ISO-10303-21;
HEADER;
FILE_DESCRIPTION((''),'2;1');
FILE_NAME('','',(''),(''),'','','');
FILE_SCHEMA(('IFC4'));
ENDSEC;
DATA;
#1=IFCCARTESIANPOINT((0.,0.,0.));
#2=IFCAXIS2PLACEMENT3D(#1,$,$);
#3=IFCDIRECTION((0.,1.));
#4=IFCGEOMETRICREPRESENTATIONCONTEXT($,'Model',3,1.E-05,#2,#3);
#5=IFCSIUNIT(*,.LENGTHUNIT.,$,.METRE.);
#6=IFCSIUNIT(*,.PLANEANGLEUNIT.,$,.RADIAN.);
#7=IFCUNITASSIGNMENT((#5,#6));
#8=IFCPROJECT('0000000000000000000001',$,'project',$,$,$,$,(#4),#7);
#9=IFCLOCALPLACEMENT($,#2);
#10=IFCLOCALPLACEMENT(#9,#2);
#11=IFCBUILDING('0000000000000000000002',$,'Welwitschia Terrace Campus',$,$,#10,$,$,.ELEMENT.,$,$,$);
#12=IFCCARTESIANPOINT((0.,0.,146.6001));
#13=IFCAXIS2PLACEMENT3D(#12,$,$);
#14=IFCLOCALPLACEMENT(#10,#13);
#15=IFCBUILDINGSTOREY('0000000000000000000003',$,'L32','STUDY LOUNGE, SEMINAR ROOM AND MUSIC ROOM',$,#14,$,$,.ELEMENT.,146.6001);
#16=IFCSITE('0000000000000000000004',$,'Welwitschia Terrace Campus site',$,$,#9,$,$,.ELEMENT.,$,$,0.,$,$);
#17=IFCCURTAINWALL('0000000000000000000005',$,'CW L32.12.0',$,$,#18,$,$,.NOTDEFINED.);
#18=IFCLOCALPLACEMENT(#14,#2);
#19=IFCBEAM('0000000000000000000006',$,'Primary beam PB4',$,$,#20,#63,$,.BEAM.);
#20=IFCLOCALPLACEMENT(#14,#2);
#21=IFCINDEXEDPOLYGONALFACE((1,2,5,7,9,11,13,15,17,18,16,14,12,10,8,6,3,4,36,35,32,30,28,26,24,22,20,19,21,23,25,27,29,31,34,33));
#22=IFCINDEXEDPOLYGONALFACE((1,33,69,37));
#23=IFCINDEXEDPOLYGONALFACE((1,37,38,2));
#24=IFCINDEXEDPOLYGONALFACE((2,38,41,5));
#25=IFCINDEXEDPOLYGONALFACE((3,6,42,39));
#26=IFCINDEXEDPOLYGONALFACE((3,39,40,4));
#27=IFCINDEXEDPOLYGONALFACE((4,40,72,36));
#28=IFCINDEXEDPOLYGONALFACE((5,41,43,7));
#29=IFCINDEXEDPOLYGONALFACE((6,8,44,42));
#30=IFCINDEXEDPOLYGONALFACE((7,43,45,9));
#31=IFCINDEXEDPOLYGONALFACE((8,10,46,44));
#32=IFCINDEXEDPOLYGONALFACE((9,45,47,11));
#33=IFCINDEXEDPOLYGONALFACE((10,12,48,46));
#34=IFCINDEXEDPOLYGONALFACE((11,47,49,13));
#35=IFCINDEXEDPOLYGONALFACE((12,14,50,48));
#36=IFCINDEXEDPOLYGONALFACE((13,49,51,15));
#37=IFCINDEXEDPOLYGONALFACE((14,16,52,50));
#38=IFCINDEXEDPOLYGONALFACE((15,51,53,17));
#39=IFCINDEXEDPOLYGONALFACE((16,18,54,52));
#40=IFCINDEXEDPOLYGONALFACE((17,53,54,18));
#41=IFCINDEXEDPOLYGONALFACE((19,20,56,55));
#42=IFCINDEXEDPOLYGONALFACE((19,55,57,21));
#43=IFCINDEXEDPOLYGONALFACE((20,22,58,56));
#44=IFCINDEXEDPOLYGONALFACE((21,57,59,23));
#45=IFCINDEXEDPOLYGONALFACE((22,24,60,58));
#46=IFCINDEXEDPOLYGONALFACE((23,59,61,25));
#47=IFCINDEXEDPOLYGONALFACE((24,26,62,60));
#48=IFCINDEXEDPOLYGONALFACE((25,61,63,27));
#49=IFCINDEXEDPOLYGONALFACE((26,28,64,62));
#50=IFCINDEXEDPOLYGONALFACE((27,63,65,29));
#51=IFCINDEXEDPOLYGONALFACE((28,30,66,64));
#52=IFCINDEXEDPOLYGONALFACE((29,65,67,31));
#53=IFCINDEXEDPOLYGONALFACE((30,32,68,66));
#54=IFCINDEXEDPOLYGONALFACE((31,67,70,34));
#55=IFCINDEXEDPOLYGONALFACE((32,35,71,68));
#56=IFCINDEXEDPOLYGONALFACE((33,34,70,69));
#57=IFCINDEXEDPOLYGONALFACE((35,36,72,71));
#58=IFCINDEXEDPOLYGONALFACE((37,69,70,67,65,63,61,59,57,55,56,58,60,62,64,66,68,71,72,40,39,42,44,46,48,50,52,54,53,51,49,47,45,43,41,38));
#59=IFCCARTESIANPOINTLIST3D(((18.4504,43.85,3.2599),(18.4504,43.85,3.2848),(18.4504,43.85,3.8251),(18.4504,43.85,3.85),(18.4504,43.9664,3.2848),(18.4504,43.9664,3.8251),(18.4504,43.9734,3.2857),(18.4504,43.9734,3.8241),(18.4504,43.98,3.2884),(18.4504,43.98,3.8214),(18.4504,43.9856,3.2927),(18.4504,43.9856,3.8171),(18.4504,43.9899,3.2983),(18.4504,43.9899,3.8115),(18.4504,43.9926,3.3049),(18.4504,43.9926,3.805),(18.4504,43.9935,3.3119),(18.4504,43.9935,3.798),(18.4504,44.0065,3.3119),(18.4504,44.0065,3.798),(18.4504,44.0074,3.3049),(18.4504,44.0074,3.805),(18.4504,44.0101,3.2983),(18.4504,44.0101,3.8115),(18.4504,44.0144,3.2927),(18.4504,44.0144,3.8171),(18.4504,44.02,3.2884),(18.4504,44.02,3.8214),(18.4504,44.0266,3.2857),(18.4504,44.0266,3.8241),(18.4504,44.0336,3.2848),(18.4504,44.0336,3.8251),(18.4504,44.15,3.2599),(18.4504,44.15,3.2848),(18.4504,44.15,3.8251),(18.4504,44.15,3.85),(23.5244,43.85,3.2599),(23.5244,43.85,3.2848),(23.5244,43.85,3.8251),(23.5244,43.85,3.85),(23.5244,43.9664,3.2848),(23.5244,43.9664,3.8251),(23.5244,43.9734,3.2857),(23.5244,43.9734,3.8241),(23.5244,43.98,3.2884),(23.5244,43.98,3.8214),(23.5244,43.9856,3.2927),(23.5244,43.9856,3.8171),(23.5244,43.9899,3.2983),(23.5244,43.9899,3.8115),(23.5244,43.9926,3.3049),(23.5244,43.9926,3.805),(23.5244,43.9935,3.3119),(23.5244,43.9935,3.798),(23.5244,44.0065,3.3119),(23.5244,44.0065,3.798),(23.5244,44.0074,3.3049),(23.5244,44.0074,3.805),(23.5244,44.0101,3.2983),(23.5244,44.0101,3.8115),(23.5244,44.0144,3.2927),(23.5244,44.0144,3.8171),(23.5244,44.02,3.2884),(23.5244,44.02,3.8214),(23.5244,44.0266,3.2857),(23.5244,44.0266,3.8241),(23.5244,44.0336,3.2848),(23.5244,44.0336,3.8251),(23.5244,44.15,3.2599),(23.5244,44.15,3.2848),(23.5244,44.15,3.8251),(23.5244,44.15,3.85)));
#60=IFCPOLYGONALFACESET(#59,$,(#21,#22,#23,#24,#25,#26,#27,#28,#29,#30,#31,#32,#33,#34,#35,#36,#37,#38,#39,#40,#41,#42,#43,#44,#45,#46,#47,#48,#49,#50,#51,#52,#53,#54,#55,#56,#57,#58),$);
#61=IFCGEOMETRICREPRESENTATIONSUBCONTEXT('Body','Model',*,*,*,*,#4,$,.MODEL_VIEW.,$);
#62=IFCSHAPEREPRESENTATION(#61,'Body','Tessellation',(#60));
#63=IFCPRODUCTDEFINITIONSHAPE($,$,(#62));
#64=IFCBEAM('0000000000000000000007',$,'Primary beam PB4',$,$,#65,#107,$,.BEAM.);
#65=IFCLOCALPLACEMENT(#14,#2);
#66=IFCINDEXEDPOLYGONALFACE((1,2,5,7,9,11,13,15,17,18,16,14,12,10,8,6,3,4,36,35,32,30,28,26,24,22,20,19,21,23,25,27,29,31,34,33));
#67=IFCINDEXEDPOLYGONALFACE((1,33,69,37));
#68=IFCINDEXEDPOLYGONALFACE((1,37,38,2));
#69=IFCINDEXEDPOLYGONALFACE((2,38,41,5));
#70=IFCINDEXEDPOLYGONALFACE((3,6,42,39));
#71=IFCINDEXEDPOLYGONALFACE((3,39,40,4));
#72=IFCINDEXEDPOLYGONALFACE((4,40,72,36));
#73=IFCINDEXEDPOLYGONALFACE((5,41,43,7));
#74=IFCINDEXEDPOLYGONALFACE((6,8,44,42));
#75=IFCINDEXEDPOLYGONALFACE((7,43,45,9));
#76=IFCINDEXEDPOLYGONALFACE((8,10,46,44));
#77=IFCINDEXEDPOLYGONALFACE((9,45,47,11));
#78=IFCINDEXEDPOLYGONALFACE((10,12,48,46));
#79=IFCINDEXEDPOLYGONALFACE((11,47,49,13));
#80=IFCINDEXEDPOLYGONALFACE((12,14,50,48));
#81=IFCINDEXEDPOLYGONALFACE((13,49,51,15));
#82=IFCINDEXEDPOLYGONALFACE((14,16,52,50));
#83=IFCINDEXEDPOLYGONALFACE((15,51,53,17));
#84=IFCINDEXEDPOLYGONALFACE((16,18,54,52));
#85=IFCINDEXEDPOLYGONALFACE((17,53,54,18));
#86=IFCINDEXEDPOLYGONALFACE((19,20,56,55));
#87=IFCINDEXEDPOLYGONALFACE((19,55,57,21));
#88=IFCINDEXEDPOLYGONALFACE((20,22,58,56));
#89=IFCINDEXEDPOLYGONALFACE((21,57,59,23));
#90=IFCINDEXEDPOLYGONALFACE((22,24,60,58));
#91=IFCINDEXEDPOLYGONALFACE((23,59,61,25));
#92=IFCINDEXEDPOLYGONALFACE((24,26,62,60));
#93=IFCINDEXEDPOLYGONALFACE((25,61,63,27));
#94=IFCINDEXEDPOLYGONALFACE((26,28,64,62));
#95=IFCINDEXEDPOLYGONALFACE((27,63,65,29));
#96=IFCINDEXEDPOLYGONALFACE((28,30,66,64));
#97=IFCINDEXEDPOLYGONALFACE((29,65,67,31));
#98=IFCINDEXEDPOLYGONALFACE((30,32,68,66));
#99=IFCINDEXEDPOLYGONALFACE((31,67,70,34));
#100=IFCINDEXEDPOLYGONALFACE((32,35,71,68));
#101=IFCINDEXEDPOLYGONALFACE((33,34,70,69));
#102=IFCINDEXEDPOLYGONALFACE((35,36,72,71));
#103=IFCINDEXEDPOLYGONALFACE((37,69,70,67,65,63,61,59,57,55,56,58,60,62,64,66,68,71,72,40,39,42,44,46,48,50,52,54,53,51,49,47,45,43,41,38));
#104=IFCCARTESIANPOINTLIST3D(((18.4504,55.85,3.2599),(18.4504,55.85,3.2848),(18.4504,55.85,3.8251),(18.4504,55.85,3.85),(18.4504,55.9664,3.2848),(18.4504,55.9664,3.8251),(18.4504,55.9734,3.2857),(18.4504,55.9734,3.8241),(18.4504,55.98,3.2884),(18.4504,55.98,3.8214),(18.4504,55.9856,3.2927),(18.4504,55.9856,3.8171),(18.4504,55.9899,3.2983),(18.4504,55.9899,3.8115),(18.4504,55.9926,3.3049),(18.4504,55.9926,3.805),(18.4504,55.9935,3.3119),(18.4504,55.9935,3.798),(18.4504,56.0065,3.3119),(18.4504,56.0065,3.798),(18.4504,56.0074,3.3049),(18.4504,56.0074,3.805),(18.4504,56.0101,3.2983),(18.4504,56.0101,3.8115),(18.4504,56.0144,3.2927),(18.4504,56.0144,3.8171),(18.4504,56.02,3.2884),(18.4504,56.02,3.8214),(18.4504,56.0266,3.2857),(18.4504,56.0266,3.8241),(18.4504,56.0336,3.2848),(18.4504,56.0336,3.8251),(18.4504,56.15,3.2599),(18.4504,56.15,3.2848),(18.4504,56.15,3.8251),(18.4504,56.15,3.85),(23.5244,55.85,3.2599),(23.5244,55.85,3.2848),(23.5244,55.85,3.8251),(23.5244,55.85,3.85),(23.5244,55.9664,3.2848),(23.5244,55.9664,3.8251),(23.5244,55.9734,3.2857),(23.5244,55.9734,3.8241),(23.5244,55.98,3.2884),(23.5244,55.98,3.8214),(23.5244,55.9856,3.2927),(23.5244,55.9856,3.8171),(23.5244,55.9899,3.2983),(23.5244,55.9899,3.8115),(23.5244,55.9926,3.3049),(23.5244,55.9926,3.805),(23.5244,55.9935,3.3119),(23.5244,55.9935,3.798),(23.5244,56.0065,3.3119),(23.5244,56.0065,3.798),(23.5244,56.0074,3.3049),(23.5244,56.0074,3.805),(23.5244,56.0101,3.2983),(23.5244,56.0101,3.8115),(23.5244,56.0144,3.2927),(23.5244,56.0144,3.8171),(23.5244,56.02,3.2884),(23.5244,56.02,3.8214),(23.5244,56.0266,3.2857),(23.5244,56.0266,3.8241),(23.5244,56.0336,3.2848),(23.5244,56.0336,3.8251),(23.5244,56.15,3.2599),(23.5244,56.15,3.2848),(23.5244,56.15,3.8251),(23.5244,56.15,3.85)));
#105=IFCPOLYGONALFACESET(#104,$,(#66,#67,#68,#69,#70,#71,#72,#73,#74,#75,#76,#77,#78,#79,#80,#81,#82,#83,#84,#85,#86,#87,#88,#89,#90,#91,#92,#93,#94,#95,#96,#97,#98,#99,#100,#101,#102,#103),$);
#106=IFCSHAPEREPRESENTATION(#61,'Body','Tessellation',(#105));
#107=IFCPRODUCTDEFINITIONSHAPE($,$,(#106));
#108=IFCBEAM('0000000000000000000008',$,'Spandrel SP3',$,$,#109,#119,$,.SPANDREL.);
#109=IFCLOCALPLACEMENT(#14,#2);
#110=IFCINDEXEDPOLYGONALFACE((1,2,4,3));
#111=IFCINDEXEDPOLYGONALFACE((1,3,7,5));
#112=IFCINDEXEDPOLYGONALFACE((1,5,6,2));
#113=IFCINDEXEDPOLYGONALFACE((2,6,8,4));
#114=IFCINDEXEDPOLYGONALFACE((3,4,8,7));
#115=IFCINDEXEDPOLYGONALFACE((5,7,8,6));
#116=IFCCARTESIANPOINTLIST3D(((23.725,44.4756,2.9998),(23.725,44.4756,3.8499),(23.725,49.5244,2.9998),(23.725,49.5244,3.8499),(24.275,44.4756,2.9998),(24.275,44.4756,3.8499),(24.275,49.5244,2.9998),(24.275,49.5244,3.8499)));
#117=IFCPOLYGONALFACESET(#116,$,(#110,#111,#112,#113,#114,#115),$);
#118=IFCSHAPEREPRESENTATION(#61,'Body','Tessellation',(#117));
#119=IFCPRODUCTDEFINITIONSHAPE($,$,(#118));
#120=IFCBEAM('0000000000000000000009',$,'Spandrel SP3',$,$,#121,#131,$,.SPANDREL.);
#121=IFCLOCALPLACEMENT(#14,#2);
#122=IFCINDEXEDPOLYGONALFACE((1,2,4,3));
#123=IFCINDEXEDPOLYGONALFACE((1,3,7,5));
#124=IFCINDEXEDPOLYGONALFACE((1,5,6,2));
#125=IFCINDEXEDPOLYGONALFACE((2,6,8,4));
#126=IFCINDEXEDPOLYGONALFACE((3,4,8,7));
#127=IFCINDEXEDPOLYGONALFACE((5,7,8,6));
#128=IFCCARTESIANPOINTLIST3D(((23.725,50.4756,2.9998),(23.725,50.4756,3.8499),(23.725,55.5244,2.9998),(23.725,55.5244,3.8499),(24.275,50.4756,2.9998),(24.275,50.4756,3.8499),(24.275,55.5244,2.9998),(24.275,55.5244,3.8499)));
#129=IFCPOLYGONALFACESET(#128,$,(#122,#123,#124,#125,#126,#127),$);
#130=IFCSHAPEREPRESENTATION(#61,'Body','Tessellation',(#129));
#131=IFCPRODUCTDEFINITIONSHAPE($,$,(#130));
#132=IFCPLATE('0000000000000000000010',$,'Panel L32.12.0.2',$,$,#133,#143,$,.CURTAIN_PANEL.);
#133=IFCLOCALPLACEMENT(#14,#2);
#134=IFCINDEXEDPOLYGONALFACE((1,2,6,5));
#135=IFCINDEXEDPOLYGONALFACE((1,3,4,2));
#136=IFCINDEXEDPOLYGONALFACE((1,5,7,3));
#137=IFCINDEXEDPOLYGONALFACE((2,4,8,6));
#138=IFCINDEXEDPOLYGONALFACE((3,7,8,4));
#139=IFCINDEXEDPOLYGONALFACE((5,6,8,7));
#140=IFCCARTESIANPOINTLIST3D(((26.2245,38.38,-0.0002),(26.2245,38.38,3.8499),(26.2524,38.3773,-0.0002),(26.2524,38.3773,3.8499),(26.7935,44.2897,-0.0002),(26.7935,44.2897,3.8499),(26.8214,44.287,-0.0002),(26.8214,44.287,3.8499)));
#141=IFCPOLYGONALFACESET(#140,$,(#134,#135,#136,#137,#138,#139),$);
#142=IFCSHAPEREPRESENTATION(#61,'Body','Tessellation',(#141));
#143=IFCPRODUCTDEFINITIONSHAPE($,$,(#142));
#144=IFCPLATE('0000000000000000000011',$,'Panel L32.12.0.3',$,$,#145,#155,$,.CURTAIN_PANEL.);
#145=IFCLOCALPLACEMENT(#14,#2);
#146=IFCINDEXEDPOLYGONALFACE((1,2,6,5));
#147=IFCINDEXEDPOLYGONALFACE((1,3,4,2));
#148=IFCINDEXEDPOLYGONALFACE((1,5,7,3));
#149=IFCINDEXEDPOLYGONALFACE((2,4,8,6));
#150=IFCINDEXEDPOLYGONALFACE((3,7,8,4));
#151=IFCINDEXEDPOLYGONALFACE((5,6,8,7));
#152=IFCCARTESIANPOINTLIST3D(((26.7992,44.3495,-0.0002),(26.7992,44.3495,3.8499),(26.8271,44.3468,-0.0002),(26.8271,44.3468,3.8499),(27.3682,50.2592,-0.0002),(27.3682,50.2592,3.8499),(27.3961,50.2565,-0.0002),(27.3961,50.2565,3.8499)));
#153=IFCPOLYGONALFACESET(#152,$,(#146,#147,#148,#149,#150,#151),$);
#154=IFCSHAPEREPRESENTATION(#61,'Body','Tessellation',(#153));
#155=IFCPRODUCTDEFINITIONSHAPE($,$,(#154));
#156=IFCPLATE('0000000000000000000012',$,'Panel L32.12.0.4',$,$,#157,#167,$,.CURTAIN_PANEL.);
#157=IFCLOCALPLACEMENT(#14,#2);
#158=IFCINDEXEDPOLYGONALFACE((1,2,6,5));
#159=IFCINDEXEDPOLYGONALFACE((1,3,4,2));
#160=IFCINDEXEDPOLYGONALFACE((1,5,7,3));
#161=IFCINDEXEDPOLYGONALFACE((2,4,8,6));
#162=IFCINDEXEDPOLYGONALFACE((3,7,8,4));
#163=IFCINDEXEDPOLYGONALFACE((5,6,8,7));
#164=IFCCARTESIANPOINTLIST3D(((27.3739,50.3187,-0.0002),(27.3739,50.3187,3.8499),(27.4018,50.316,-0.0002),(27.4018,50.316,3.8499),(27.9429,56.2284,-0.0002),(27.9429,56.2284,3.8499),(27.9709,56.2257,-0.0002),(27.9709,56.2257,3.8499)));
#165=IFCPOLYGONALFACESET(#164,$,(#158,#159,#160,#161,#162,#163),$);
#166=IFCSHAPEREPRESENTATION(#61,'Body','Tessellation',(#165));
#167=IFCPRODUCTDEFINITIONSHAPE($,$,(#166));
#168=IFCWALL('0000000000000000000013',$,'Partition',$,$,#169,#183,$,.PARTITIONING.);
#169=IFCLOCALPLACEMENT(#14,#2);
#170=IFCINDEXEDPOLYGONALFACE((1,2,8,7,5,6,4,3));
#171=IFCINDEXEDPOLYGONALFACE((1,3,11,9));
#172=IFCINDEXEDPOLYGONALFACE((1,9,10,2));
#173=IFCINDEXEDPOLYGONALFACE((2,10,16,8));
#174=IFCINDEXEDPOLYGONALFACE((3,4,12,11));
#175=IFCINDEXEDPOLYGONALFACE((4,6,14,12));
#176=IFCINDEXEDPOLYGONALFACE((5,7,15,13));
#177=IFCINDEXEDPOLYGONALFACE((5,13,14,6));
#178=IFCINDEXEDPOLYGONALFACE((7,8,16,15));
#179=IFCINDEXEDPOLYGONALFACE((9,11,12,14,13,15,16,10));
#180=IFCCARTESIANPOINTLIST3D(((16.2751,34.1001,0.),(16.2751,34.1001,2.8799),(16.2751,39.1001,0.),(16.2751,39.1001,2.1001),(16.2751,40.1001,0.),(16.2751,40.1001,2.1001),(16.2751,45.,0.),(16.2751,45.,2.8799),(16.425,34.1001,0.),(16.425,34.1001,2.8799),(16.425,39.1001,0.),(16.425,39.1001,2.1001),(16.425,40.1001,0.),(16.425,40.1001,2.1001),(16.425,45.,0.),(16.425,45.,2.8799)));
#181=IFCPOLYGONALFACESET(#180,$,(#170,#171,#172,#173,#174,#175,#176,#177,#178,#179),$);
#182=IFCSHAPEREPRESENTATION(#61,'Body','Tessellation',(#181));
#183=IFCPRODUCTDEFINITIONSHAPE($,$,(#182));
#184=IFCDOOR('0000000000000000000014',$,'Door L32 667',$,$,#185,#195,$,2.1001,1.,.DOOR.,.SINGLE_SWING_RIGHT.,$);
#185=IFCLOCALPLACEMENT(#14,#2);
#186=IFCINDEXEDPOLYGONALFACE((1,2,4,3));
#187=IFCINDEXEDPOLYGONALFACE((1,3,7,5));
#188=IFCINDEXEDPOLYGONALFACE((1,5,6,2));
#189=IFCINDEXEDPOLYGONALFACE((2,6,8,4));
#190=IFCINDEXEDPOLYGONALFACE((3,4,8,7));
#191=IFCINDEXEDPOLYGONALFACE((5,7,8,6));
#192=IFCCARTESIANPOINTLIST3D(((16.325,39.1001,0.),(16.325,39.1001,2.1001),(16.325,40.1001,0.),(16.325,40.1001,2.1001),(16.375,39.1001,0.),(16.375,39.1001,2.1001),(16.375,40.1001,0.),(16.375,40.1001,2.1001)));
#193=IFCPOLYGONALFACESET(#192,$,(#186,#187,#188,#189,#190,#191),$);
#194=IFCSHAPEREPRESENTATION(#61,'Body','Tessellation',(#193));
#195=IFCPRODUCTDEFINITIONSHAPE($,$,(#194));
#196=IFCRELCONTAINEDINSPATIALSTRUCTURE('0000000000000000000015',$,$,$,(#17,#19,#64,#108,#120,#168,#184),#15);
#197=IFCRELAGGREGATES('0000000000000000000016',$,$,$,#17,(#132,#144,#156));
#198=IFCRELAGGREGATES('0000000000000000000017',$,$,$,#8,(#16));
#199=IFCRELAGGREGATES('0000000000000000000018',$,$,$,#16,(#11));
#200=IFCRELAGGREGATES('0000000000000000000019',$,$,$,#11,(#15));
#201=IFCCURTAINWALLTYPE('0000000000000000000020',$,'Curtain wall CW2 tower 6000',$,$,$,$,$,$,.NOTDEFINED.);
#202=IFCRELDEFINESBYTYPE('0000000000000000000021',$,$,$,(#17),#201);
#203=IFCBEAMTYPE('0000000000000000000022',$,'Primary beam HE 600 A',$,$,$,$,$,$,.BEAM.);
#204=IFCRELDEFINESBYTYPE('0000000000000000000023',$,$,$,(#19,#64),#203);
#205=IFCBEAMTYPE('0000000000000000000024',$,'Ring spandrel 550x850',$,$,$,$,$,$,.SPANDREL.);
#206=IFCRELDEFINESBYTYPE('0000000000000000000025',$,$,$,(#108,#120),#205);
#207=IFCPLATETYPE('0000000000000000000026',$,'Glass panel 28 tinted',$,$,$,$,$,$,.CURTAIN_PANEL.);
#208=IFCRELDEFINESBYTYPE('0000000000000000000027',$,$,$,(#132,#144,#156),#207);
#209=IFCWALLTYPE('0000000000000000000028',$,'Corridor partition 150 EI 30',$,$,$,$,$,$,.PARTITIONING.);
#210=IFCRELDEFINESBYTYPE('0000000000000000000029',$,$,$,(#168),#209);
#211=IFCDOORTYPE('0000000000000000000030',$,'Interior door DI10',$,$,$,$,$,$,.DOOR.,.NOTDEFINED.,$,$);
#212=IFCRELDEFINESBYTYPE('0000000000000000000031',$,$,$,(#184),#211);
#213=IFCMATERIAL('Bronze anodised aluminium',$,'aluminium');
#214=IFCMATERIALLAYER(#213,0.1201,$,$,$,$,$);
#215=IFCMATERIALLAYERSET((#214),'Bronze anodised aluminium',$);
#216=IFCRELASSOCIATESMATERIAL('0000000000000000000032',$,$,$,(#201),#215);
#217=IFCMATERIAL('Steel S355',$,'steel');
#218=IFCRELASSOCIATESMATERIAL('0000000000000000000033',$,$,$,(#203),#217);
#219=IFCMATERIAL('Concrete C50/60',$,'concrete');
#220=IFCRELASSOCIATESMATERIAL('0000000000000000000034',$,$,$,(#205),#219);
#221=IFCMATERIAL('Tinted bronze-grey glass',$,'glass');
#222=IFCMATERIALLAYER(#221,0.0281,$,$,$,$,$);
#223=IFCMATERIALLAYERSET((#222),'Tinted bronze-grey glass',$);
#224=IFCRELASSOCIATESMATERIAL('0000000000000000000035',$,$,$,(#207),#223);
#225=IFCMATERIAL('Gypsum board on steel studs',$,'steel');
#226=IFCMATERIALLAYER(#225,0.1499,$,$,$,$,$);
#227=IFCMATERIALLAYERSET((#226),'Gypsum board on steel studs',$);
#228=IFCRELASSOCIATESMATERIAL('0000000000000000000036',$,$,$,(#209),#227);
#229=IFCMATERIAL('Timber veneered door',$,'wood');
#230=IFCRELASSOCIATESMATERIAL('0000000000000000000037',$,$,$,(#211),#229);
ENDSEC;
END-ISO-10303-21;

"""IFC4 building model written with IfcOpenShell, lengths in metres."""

from ifc_helpers import new_model, si_unit, direction, frame, frame_2d, origin, origin_2d, place, context, subcontext, project, spatial, rectangle, i_section, extrude, material, layer, layer_set, material_profile, profile_set, type_object, element, fill, aggregate, save


model = new_model("IFC4")

# Units and contexts
model_context = context("Model", 3, precision=1e-05, world=origin(), true_north=direction((0.0, 1.0)))
body_context = subcontext(model_context, "Body", "Model", "MODEL_VIEW")
ifc_project = project(units=[si_unit("LENGTHUNIT", "METRE"), si_unit("PLANEANGLEUNIT", "RADIAN")], contexts=[model_context])

# Site, building, storey
site_placement = place(None, origin())
site = spatial("IfcSite", under=ifc_project, at=site_placement, Name="Welwitschia Terrace Campus site", CompositionType="ELEMENT", RefElevation=0.0)
building_placement = place(site_placement, origin())
building = spatial("IfcBuilding", under=site, at=building_placement, Name="Welwitschia Terrace Campus", CompositionType="ELEMENT")
storey_placement = place(building_placement, frame((0.0, 0.0, 146.6001)))
storey = spatial("IfcBuildingStorey", under=building, at=storey_placement, Name="L32", Description="STUDY LOUNGE, SEMINAR ROOM AND MUSIC ROOM", CompositionType="ELEMENT", Elevation=146.6001)

# Curtain wall
ifc_material_1 = material(Name="Bronze anodised aluminium", Category="aluminium")
ifc_layer_1 = layer(ifc_material_1, 0.1201)
ifc_layer_set_1 = layer_set([ifc_layer_1], Name="Bronze anodised aluminium")
curtain_wall_type = type_object("IfcCurtainWallType", Name="Curtain wall CW2 tower 6000", PredefinedType="NOTDEFINED", material=ifc_layer_set_1)
curtain_wall_placement = place(storey_placement, origin())
curtain_wall = element("IfcCurtainWall", 1, at=curtain_wall_placement, inside=storey, type_object=curtain_wall_type, Name="CW L32.12.0", PredefinedType="NOTDEFINED")

# Beams
ifc_material_2 = material(Name="Steel S355", Category="steel")
ifc_material_profile_1 = material_profile(ifc_material_2, i_section(OverallWidth=0.3, OverallDepth=0.5901, WebThickness=0.0129, FlangeThickness=0.0249, FilletRadius=0.0271, at=origin_2d()))
ifc_profile_set_1 = profile_set([ifc_material_profile_1], Name="Steel S355")
beam_type_1 = type_object("IfcBeamType", Name="Primary beam HE 600 A", PredefinedType="BEAM", material=ifc_profile_set_1)
for number, where, z_axis, x_axis, name in (
    (2, (23.5244, 44.0, 3.5549), (-1.0, 0.0, 0.0), (0.0, -1.0, 0.0), "Primary beam PB4"),
    (3, (23.5244, 56.0, 3.5549), (-1.0, 0.0, 0.0), (0.0, -1.0, 0.0), "Primary beam PB4"),
):
    element("IfcBeam", number, at=place(storey_placement, frame(where, z_axis=z_axis, x_axis=x_axis)), inside=storey, type_object=beam_type_1, Name=name, PredefinedType="BEAM", context=body_context, shape_type="SweptSolid", body=[
        extrude(i_section(OverallWidth=0.3, OverallDepth=0.5901, WebThickness=0.0129, FlangeThickness=0.0249, FilletRadius=0.0271, at=origin_2d()), origin(), (0.0, 0.0, 1.0), 5.074),
    ])
ifc_material_3 = material(Name="Concrete C50/60", Category="concrete")
ifc_material_profile_2 = material_profile(ifc_material_3, rectangle(XDim=0.55, YDim=0.8501, at=origin_2d()))
ifc_profile_set_2 = profile_set([ifc_material_profile_2], Name="Concrete C50/60")
beam_type_2 = type_object("IfcBeamType", Name="Ring spandrel 550x850", PredefinedType="SPANDREL", material=ifc_profile_set_2)
for number, where, z_axis, x_axis, name in (
    (4, (24.0, 44.4756, 3.4248), (0.0, 1.0, 0.0), (-1.0, 0.0, 0.0), "Spandrel SP3"),
    (5, (24.0, 50.4756, 3.4248), (0.0, 1.0, 0.0), (-1.0, 0.0, 0.0), "Spandrel SP3"),
):
    element("IfcBeam", number, at=place(storey_placement, frame(where, z_axis=z_axis, x_axis=x_axis)), inside=storey, type_object=beam_type_2, Name=name, PredefinedType="SPANDREL", context=body_context, shape_type="SweptSolid", body=[
        extrude(rectangle(XDim=0.55, YDim=0.8501, at=origin_2d()), origin(), (0.0, 0.0, 1.0), 5.0488),
    ])

# Plates
ifc_material_4 = material(Name="Tinted bronze-grey glass", Category="glass")
ifc_layer_2 = layer(ifc_material_4, 0.0281)
ifc_layer_set_2 = layer_set([ifc_layer_2], Name="Tinted bronze-grey glass")
plate_type = type_object("IfcPlateType", Name="Glass panel 28 tinted", PredefinedType="CURTAIN_PANEL", material=ifc_layer_set_2)
plate_1_placement = place(storey_placement, frame((26.5229, 41.3335, -0.0002), z_axis=(0.0, 0.0, 1.0), x_axis=(0.095846, 0.995396, 0.0)))
plate_1 = element("IfcPlate", 6, at=plate_1_placement, type_object=plate_type, Name="Panel L32.12.0.2", PredefinedType="CURTAIN_PANEL", context=body_context, shape_type="SweptSolid", body=[
    extrude(rectangle(XDim=5.937, YDim=0.0281, at=origin_2d()), origin(), (0.0, 0.0, 1.0), 3.8501),
])
plate_2_placement = place(storey_placement, frame((27.0977, 47.303, -0.0002), z_axis=(0.0, 0.0, 1.0), x_axis=(0.095846, 0.995396, 0.0)))
plate_2 = element("IfcPlate", 7, at=plate_2_placement, type_object=plate_type, Name="Panel L32.12.0.3", PredefinedType="CURTAIN_PANEL", context=body_context, shape_type="SweptSolid", body=[
    extrude(rectangle(XDim=5.937, YDim=0.0281, at=origin_2d()), origin(), (0.0, 0.0, 1.0), 3.8501),
])
plate_3_placement = place(storey_placement, frame((27.6724, 53.2722, -0.0002), z_axis=(0.0, 0.0, 1.0), x_axis=(0.095846, 0.995396, 0.0)))
plate_3 = element("IfcPlate", 8, at=plate_3_placement, type_object=plate_type, Name="Panel L32.12.0.4", PredefinedType="CURTAIN_PANEL", context=body_context, shape_type="SweptSolid", body=[
    extrude(rectangle(XDim=5.937, YDim=0.0281, at=origin_2d()), origin(), (0.0, 0.0, 1.0), 3.8501),
])
aggregate(curtain_wall, [plate_1, plate_2, plate_3])

# Wall, opening, door
ifc_material_5 = material(Name="Gypsum board on steel studs", Category="steel")
ifc_layer_3 = layer(ifc_material_5, 0.1499)
ifc_layer_set_3 = layer_set([ifc_layer_3], Name="Gypsum board on steel studs")
wall_type = type_object("IfcWallType", Name="Corridor partition 150 EI 30", PredefinedType="PARTITIONING", material=ifc_layer_set_3)
wall_1_placement = place(storey_placement, frame((16.3501, 45.0, 0.0), z_axis=(0.0, 0.0, 1.0), x_axis=(0.0, -1.0, 0.0)))
wall_1 = element("IfcWall", 9, at=wall_1_placement, inside=storey, type_object=wall_type, Name="Partition", PredefinedType="PARTITIONING", context=body_context, shape_type="SweptSolid", body=[
    extrude(rectangle(XDim=10.8999, YDim=0.1499, at=frame_2d((5.45, 0.0))), origin(), (0.0, 0.0, 1.0), 2.8799),
])
opening_1_placement = place(wall_1_placement, frame((4.8999, 0.0, 0.0)))
opening_1 = element("IfcOpeningElement", 10, at=opening_1_placement, cuts=wall_1, PredefinedType="OPENING", context=body_context, shape_type="SweptSolid", body=[
    extrude(rectangle(XDim=1.0, YDim=2.1001, at=frame_2d((0.5, 1.05))), frame((0.0, 0.085, 0.0), z_axis=(0.0, -1.0, 0.0), x_axis=(1.0, 0.0, 0.0)), (0.0, 0.0, 1.0), 0.1699),
])
ifc_material_6 = material(Name="Timber veneered door", Category="wood")
door_type = type_object("IfcDoorType", Name="Interior door DI10", OperationType="NOTDEFINED", PredefinedType="DOOR", material=ifc_material_6)
door_1_placement = place(opening_1_placement, origin())
door_1 = element("IfcDoor", 11, at=door_1_placement, inside=storey, type_object=door_type, Name="Door L32 667", OperationType="SINGLE_SWING_RIGHT", OverallHeight=2.1001, OverallWidth=1.0, PredefinedType="DOOR", context=body_context, shape_type="SweptSolid", body=[
    extrude(rectangle(XDim=1.0, YDim=2.1001, at=frame_2d((0.5, 1.05))), frame((0.0, 0.0249, 0.0), z_axis=(0.0, -1.0, 0.0), x_axis=(1.0, 0.0, 0.0)), (0.0, 0.0, 1.0), 0.05),
])
fill(opening_1, door_1)

save(model, "model.ifc")
